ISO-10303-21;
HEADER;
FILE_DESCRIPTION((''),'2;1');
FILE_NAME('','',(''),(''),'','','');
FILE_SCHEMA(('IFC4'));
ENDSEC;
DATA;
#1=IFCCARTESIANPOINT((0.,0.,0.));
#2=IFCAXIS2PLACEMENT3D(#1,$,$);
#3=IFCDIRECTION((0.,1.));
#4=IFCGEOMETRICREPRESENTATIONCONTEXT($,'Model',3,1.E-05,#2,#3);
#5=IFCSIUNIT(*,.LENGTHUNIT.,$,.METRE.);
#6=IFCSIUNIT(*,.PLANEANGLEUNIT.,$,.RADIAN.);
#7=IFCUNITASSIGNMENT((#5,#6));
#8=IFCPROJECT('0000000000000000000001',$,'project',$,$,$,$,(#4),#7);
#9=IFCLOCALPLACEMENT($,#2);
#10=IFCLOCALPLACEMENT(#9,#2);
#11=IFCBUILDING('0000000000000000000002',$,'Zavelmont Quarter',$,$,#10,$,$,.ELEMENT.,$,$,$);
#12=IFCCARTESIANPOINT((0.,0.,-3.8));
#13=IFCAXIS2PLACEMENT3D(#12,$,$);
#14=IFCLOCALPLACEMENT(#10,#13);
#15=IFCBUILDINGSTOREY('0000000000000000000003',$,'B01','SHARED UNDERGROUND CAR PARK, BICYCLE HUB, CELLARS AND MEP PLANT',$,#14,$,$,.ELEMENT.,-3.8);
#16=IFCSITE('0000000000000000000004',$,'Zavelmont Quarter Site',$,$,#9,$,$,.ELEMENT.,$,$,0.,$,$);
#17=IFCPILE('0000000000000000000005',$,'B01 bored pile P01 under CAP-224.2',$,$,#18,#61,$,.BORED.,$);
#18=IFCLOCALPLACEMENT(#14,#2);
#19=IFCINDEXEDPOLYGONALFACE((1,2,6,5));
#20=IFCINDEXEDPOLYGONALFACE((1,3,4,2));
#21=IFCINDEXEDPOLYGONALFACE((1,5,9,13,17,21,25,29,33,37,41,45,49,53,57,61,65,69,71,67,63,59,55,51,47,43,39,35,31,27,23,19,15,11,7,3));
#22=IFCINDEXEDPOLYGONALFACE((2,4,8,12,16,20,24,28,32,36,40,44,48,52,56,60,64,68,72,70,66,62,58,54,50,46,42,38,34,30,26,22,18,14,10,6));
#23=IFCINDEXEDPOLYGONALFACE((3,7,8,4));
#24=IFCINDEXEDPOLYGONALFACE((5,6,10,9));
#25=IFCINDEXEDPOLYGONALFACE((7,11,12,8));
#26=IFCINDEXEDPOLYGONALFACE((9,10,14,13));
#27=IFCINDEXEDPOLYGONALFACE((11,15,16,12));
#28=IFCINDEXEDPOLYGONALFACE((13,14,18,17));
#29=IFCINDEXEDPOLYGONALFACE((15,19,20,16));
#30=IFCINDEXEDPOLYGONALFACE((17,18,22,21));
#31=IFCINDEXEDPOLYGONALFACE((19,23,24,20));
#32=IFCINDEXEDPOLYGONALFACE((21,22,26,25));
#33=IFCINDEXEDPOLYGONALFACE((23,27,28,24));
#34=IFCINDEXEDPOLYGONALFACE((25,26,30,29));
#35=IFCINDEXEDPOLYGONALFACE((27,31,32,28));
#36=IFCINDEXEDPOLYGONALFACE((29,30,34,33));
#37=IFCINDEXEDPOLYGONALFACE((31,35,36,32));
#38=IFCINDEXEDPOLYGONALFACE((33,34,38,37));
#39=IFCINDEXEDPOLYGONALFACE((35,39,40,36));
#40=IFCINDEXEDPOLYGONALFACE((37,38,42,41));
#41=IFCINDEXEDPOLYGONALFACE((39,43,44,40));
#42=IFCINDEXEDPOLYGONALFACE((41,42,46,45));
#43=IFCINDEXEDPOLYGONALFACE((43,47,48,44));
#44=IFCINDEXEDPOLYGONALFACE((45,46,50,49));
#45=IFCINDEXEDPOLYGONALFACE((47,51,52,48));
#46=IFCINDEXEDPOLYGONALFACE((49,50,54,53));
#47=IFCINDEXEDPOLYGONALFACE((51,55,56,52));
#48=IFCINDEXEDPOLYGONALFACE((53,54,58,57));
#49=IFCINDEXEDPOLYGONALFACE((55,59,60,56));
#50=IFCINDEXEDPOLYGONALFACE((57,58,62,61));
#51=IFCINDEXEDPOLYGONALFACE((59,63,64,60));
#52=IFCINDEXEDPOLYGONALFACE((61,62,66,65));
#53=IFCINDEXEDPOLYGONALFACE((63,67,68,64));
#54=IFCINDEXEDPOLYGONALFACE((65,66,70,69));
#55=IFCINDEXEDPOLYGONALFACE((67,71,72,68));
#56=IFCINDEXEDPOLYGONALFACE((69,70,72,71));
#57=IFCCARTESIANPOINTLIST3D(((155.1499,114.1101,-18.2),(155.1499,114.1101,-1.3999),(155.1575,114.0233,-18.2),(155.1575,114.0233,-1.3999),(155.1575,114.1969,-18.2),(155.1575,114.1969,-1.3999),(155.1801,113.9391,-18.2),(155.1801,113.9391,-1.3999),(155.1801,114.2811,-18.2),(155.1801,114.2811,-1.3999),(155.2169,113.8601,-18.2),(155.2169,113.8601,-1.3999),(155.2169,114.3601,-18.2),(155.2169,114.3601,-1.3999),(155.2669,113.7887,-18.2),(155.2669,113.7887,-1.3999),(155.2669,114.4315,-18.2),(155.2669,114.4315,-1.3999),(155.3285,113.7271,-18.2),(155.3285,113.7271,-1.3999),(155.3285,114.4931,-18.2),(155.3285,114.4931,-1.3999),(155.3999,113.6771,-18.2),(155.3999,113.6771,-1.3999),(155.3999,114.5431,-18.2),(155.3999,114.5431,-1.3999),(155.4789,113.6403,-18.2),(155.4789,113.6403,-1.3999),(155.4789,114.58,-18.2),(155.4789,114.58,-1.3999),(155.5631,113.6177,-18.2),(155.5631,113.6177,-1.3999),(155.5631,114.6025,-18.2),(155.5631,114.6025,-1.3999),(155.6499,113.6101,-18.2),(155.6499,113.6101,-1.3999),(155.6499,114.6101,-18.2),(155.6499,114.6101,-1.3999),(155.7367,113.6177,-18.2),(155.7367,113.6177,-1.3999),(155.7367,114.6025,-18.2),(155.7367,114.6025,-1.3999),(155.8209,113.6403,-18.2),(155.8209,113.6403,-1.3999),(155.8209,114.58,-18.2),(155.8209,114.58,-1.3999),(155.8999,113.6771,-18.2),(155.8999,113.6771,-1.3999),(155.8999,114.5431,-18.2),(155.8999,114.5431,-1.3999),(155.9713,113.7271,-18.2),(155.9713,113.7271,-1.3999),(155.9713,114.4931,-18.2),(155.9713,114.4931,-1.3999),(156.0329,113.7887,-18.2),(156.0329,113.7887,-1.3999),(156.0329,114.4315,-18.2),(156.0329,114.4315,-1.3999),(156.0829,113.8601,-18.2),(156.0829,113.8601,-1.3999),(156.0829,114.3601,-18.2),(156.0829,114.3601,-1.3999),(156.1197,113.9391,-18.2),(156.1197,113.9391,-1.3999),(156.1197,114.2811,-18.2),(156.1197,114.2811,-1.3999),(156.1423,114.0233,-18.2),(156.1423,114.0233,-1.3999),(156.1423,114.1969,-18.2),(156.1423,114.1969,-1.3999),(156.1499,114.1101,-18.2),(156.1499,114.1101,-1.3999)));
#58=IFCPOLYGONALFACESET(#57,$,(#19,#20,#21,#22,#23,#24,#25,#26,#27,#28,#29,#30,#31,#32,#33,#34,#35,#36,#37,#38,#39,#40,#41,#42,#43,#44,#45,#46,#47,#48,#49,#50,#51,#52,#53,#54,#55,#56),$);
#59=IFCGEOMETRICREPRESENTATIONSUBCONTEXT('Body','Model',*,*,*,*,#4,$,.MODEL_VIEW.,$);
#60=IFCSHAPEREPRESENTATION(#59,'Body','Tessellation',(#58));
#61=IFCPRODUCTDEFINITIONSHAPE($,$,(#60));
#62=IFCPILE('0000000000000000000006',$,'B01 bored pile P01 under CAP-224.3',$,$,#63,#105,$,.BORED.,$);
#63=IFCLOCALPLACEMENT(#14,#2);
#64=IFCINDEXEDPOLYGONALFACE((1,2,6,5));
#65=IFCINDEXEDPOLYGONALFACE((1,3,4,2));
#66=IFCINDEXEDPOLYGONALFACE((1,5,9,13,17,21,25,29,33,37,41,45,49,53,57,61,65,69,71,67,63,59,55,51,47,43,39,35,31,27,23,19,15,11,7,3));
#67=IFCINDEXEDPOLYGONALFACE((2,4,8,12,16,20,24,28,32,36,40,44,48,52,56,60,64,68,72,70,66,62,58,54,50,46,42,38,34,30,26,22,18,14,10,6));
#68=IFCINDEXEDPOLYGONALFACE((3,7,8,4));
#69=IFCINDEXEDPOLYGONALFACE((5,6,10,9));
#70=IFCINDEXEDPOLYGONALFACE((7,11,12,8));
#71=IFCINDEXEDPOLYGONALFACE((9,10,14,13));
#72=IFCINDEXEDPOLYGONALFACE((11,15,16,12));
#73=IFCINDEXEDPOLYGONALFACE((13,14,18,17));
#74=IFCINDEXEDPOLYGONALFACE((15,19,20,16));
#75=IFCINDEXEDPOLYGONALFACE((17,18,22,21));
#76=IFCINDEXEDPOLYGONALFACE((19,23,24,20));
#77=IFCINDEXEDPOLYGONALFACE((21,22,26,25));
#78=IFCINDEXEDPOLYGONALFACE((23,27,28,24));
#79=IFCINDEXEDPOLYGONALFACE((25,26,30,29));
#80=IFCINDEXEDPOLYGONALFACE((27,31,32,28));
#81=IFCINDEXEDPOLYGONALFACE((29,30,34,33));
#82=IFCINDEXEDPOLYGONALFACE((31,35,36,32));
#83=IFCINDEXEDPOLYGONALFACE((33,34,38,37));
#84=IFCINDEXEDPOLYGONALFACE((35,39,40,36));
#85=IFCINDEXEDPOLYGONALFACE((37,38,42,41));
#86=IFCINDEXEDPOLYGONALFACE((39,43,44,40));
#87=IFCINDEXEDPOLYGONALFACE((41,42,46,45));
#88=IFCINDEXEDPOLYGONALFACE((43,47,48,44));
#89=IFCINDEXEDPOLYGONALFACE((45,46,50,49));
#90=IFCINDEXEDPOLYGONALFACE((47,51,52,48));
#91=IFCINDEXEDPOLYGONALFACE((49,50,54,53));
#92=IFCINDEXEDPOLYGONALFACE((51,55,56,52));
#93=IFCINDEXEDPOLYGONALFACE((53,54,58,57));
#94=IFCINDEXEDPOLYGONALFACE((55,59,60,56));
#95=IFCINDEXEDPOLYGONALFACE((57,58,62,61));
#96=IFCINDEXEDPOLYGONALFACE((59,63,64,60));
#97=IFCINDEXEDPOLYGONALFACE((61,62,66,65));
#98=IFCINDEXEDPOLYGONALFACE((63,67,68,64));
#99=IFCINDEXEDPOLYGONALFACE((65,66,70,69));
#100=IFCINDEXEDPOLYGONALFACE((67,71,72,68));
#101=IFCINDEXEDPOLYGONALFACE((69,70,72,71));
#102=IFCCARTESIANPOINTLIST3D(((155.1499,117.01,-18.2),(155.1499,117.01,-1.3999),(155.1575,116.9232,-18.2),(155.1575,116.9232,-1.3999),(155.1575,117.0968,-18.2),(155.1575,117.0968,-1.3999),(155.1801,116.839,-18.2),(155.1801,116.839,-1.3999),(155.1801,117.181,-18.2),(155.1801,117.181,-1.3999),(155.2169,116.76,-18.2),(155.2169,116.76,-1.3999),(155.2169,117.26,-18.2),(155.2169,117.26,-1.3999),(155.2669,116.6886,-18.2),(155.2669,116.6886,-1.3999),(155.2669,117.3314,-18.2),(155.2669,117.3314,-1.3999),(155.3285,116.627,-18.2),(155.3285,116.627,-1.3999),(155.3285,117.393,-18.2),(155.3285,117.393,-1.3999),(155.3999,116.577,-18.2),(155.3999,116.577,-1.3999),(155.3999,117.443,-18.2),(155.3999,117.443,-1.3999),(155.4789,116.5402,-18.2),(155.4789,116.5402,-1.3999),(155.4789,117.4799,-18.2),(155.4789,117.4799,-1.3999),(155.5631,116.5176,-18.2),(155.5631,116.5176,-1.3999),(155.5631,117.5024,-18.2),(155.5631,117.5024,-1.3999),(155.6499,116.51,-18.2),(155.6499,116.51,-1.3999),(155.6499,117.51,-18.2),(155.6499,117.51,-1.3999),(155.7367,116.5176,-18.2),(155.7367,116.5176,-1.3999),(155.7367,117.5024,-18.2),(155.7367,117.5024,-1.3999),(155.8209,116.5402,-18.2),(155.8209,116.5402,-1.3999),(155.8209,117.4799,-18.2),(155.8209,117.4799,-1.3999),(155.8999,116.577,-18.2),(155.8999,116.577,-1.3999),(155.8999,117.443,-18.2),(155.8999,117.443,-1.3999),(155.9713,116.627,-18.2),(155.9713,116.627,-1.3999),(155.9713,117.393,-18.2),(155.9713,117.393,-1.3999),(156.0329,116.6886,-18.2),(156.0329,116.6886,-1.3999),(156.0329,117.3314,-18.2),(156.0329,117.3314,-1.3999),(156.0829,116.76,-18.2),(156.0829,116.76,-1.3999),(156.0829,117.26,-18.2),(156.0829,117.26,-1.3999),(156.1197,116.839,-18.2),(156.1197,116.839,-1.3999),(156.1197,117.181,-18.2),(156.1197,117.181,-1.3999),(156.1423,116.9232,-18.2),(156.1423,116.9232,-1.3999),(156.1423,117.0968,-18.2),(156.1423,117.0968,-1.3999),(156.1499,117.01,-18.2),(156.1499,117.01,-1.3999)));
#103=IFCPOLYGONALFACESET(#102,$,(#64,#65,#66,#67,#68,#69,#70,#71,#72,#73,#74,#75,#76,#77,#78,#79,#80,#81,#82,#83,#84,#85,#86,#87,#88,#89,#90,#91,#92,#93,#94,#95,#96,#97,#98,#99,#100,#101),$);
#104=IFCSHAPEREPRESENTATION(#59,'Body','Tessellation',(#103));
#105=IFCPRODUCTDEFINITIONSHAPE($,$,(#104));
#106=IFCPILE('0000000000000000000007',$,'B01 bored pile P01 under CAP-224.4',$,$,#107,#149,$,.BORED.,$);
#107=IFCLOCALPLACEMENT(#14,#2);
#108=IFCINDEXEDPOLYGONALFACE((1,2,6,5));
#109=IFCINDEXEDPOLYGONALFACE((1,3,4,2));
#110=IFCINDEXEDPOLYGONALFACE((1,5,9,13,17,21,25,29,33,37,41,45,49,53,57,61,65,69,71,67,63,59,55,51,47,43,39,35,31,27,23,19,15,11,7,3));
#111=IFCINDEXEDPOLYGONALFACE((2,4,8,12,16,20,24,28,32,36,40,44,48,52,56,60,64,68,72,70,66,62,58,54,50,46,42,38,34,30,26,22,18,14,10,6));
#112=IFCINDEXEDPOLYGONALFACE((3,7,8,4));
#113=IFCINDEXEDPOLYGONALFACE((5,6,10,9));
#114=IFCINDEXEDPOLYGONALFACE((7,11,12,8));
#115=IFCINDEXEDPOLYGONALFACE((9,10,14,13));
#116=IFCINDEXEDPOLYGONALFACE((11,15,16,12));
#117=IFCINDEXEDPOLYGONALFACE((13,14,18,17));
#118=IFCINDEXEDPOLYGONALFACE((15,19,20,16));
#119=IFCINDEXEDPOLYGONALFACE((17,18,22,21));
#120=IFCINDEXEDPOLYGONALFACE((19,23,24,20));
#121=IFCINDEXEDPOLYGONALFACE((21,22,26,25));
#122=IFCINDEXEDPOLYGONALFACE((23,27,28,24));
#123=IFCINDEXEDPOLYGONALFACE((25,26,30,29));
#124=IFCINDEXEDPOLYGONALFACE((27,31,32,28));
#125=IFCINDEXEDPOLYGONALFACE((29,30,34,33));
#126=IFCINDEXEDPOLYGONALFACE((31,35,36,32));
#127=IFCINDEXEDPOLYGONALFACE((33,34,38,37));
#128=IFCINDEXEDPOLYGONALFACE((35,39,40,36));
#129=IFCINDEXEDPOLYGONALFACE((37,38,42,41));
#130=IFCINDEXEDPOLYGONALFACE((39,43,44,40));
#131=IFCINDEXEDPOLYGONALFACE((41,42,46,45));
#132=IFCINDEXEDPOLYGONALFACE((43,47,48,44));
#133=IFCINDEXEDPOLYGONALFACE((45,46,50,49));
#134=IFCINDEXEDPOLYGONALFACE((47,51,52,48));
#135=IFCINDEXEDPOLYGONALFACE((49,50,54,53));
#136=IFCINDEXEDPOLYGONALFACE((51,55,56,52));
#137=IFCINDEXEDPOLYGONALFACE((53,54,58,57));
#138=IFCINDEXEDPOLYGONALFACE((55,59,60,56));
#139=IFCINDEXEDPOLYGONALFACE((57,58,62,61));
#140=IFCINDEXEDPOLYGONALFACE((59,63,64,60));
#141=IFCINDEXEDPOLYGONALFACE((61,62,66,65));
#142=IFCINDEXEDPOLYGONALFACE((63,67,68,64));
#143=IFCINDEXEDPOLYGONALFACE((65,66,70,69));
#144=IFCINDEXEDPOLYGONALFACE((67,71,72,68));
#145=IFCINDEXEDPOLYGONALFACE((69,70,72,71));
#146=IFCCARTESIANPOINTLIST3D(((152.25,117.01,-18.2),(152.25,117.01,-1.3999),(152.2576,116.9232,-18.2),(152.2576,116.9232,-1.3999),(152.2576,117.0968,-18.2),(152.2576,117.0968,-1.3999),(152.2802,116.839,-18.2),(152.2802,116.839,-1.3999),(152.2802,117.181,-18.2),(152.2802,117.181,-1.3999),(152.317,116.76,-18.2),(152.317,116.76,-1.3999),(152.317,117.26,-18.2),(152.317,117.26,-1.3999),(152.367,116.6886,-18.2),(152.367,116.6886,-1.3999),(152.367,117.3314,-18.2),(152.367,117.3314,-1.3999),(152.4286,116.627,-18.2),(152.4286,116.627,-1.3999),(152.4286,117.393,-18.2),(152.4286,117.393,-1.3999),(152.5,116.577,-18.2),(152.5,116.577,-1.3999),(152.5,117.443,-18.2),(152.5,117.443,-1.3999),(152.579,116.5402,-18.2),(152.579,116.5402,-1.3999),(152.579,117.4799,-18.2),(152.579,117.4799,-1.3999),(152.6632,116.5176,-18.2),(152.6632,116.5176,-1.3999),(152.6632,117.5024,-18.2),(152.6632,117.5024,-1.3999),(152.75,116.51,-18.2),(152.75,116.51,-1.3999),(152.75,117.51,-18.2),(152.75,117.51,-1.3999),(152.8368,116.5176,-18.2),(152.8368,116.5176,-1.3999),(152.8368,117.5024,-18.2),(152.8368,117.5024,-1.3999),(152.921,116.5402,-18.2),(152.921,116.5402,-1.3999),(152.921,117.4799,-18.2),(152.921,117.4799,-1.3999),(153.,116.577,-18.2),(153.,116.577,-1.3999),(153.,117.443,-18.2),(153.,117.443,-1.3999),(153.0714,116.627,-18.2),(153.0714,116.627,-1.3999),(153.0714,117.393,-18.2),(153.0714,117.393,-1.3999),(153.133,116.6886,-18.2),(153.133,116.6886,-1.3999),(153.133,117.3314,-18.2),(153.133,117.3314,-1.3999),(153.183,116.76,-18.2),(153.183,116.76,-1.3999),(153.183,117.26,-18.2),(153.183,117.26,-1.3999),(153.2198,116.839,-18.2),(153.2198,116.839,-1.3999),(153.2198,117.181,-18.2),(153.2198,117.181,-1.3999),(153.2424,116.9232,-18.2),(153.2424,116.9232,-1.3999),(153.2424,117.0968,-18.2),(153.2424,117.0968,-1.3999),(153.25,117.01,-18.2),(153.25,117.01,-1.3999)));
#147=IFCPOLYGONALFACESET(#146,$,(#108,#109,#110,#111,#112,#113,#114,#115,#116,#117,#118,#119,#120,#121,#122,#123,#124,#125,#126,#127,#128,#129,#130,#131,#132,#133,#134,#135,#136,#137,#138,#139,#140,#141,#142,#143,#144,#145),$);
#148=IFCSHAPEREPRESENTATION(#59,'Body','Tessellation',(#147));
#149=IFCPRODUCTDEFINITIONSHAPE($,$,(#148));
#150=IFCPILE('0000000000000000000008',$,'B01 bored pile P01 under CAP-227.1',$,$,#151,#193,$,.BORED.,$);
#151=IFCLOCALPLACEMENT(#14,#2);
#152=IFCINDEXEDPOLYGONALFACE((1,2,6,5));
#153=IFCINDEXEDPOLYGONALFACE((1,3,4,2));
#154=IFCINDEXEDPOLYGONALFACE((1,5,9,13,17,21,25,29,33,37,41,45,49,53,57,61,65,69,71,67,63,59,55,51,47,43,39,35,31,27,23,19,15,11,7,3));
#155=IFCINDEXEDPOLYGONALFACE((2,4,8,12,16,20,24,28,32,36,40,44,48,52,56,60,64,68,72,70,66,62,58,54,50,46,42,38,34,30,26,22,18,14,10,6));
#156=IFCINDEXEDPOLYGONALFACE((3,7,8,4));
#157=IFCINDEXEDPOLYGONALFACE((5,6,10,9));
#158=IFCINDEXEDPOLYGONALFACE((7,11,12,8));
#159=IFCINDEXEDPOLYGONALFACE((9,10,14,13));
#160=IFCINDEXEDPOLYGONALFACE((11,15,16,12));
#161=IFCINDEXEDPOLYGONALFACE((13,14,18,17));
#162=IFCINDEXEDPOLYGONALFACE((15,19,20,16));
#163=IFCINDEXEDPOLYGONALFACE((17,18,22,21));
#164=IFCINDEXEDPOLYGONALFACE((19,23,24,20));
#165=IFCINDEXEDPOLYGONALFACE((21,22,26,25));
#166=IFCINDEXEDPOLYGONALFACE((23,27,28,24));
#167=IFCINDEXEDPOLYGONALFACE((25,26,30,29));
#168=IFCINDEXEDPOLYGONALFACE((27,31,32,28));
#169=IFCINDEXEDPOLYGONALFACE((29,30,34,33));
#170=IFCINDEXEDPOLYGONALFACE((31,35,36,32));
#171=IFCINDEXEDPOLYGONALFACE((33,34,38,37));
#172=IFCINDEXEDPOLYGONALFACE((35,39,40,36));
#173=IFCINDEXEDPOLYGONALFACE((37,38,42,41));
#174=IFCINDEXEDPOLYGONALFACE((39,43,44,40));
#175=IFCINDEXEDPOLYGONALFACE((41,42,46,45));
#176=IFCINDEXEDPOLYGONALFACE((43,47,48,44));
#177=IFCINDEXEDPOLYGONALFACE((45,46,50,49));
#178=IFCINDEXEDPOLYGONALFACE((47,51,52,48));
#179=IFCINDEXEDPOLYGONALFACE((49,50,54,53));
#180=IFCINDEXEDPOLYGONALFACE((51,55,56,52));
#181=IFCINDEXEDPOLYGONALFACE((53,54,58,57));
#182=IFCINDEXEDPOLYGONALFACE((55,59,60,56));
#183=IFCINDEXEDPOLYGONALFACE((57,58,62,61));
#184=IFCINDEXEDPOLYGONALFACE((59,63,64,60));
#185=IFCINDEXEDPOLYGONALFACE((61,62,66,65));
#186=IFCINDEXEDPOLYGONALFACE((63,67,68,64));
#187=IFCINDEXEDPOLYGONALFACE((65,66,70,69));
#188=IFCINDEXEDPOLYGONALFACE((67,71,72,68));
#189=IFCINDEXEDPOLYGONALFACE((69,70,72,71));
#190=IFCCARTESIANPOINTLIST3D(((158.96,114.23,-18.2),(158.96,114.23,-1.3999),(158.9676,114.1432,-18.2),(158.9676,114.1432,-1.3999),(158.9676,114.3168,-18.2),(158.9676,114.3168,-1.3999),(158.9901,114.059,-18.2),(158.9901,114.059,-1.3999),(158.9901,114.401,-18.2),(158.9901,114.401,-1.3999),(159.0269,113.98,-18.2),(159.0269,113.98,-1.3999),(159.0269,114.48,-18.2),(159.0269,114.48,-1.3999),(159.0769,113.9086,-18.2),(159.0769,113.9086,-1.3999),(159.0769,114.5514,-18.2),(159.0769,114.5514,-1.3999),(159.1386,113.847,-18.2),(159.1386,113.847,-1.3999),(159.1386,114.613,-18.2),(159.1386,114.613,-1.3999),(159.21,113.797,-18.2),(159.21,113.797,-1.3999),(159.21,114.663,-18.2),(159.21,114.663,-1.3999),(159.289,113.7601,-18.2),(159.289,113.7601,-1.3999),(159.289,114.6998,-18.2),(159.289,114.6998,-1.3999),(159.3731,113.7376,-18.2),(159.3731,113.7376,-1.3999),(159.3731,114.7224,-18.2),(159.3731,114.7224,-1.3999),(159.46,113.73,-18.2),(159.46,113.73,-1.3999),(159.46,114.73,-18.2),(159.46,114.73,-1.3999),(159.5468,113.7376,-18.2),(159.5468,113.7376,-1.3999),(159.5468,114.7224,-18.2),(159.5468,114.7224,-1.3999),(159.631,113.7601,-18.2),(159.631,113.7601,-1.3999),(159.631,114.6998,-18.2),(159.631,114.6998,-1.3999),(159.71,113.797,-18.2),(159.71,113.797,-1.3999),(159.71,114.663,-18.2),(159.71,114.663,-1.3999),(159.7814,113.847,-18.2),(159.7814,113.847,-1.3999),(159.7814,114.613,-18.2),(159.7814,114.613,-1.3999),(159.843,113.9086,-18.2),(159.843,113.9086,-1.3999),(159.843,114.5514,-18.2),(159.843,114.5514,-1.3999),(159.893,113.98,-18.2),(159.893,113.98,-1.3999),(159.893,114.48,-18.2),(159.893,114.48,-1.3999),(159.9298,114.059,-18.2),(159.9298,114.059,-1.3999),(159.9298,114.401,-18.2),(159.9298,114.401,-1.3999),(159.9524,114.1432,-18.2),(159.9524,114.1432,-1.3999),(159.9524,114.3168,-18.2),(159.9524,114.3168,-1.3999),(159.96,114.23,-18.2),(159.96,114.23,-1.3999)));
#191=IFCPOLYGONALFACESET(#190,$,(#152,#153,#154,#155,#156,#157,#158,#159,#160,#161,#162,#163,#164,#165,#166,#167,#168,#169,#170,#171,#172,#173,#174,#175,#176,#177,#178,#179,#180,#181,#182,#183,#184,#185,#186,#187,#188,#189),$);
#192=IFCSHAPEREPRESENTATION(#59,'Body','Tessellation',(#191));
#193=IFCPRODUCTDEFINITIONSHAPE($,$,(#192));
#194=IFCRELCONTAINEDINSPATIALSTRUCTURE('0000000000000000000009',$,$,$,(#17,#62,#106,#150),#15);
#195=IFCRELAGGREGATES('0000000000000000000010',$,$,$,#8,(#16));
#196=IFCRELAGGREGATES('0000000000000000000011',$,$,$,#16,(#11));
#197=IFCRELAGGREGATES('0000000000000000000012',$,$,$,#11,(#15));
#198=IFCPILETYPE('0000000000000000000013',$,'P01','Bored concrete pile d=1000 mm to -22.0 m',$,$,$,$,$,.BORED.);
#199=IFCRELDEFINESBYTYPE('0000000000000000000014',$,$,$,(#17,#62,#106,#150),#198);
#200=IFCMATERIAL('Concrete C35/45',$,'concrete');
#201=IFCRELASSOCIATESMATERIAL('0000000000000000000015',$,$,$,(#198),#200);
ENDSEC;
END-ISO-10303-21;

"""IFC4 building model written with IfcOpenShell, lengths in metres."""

from ifc_helpers import new_model, si_unit, direction, frame, origin, origin_2d, place, context, subcontext, project, spatial, circle, extrude, material, material_profile, profile_set, type_object, element, save


model = new_model("IFC4")

# Units and contexts
model_context = context("Model", 3, precision=1e-05, world=origin(), true_north=direction((0.0, 1.0)))
body_context = subcontext(model_context, "Body", "Model", "MODEL_VIEW")
ifc_project = project(units=[si_unit("LENGTHUNIT", "METRE"), si_unit("PLANEANGLEUNIT", "RADIAN")], contexts=[model_context])

# Site, building, storey
site_placement = place(None, origin())
site = spatial("IfcSite", under=ifc_project, at=site_placement, Name="Zavelmont Quarter Site", CompositionType="ELEMENT", RefElevation=0.0)
building_placement = place(site_placement, origin())
building = spatial("IfcBuilding", under=site, at=building_placement, Name="Zavelmont Quarter", CompositionType="ELEMENT")
storey_placement = place(building_placement, frame((0.0, 0.0, -3.8)))
storey = spatial("IfcBuildingStorey", under=building, at=storey_placement, Name="B01", Description="SHARED UNDERGROUND CAR PARK, BICYCLE HUB, CELLARS AND MEP PLANT", CompositionType="ELEMENT", Elevation=-3.8)

# Shared definitions
ifc_material_1 = material(Name="Concrete C35/45", Category="concrete")

# Piles
ifc_material_profile_1 = material_profile(ifc_material_1, circle(Radius=0.5, at=origin_2d()), Name="BP1000")
ifc_profile_set_1 = profile_set([ifc_material_profile_1], Name="Concrete C35/45")
pile_type = type_object("IfcPileType", Name="P01", Description="Bored concrete pile d=1000 mm to -22.0 m", PredefinedType="BORED", material=ifc_profile_set_1)
for number, where, z_axis, x_axis, name in (
    (1, (155.6499, 114.1101, -1.3999), (0.0, 0.0, -1.0), (1.0, 0.0, 0.0), "B01 bored pile P01 under CAP-224.2"),
    (2, (155.6499, 117.01, -1.3999), (0.0, 0.0, -1.0), (1.0, 0.0, 0.0), "B01 bored pile P01 under CAP-224.3"),
    (3, (152.75, 117.01, -1.3999), (0.0, 0.0, -1.0), (1.0, 0.0, 0.0), "B01 bored pile P01 under CAP-224.4"),
    (4, (159.46, 114.23, -1.3999), (0.0, 0.0, -1.0), (1.0, 0.0, 0.0), "B01 bored pile P01 under CAP-227.1"),
):
    element("IfcPile", number, at=place(storey_placement, frame(where, z_axis=z_axis, x_axis=x_axis)), inside=storey, type_object=pile_type, Name=name, PredefinedType="BORED", context=body_context, shape_type="SweptSolid", body=[
        extrude(circle(Radius=0.5, at=origin_2d()), origin(), (0.0, 0.0, 1.0), 16.8),
    ])

save(model, "model.ifc")
